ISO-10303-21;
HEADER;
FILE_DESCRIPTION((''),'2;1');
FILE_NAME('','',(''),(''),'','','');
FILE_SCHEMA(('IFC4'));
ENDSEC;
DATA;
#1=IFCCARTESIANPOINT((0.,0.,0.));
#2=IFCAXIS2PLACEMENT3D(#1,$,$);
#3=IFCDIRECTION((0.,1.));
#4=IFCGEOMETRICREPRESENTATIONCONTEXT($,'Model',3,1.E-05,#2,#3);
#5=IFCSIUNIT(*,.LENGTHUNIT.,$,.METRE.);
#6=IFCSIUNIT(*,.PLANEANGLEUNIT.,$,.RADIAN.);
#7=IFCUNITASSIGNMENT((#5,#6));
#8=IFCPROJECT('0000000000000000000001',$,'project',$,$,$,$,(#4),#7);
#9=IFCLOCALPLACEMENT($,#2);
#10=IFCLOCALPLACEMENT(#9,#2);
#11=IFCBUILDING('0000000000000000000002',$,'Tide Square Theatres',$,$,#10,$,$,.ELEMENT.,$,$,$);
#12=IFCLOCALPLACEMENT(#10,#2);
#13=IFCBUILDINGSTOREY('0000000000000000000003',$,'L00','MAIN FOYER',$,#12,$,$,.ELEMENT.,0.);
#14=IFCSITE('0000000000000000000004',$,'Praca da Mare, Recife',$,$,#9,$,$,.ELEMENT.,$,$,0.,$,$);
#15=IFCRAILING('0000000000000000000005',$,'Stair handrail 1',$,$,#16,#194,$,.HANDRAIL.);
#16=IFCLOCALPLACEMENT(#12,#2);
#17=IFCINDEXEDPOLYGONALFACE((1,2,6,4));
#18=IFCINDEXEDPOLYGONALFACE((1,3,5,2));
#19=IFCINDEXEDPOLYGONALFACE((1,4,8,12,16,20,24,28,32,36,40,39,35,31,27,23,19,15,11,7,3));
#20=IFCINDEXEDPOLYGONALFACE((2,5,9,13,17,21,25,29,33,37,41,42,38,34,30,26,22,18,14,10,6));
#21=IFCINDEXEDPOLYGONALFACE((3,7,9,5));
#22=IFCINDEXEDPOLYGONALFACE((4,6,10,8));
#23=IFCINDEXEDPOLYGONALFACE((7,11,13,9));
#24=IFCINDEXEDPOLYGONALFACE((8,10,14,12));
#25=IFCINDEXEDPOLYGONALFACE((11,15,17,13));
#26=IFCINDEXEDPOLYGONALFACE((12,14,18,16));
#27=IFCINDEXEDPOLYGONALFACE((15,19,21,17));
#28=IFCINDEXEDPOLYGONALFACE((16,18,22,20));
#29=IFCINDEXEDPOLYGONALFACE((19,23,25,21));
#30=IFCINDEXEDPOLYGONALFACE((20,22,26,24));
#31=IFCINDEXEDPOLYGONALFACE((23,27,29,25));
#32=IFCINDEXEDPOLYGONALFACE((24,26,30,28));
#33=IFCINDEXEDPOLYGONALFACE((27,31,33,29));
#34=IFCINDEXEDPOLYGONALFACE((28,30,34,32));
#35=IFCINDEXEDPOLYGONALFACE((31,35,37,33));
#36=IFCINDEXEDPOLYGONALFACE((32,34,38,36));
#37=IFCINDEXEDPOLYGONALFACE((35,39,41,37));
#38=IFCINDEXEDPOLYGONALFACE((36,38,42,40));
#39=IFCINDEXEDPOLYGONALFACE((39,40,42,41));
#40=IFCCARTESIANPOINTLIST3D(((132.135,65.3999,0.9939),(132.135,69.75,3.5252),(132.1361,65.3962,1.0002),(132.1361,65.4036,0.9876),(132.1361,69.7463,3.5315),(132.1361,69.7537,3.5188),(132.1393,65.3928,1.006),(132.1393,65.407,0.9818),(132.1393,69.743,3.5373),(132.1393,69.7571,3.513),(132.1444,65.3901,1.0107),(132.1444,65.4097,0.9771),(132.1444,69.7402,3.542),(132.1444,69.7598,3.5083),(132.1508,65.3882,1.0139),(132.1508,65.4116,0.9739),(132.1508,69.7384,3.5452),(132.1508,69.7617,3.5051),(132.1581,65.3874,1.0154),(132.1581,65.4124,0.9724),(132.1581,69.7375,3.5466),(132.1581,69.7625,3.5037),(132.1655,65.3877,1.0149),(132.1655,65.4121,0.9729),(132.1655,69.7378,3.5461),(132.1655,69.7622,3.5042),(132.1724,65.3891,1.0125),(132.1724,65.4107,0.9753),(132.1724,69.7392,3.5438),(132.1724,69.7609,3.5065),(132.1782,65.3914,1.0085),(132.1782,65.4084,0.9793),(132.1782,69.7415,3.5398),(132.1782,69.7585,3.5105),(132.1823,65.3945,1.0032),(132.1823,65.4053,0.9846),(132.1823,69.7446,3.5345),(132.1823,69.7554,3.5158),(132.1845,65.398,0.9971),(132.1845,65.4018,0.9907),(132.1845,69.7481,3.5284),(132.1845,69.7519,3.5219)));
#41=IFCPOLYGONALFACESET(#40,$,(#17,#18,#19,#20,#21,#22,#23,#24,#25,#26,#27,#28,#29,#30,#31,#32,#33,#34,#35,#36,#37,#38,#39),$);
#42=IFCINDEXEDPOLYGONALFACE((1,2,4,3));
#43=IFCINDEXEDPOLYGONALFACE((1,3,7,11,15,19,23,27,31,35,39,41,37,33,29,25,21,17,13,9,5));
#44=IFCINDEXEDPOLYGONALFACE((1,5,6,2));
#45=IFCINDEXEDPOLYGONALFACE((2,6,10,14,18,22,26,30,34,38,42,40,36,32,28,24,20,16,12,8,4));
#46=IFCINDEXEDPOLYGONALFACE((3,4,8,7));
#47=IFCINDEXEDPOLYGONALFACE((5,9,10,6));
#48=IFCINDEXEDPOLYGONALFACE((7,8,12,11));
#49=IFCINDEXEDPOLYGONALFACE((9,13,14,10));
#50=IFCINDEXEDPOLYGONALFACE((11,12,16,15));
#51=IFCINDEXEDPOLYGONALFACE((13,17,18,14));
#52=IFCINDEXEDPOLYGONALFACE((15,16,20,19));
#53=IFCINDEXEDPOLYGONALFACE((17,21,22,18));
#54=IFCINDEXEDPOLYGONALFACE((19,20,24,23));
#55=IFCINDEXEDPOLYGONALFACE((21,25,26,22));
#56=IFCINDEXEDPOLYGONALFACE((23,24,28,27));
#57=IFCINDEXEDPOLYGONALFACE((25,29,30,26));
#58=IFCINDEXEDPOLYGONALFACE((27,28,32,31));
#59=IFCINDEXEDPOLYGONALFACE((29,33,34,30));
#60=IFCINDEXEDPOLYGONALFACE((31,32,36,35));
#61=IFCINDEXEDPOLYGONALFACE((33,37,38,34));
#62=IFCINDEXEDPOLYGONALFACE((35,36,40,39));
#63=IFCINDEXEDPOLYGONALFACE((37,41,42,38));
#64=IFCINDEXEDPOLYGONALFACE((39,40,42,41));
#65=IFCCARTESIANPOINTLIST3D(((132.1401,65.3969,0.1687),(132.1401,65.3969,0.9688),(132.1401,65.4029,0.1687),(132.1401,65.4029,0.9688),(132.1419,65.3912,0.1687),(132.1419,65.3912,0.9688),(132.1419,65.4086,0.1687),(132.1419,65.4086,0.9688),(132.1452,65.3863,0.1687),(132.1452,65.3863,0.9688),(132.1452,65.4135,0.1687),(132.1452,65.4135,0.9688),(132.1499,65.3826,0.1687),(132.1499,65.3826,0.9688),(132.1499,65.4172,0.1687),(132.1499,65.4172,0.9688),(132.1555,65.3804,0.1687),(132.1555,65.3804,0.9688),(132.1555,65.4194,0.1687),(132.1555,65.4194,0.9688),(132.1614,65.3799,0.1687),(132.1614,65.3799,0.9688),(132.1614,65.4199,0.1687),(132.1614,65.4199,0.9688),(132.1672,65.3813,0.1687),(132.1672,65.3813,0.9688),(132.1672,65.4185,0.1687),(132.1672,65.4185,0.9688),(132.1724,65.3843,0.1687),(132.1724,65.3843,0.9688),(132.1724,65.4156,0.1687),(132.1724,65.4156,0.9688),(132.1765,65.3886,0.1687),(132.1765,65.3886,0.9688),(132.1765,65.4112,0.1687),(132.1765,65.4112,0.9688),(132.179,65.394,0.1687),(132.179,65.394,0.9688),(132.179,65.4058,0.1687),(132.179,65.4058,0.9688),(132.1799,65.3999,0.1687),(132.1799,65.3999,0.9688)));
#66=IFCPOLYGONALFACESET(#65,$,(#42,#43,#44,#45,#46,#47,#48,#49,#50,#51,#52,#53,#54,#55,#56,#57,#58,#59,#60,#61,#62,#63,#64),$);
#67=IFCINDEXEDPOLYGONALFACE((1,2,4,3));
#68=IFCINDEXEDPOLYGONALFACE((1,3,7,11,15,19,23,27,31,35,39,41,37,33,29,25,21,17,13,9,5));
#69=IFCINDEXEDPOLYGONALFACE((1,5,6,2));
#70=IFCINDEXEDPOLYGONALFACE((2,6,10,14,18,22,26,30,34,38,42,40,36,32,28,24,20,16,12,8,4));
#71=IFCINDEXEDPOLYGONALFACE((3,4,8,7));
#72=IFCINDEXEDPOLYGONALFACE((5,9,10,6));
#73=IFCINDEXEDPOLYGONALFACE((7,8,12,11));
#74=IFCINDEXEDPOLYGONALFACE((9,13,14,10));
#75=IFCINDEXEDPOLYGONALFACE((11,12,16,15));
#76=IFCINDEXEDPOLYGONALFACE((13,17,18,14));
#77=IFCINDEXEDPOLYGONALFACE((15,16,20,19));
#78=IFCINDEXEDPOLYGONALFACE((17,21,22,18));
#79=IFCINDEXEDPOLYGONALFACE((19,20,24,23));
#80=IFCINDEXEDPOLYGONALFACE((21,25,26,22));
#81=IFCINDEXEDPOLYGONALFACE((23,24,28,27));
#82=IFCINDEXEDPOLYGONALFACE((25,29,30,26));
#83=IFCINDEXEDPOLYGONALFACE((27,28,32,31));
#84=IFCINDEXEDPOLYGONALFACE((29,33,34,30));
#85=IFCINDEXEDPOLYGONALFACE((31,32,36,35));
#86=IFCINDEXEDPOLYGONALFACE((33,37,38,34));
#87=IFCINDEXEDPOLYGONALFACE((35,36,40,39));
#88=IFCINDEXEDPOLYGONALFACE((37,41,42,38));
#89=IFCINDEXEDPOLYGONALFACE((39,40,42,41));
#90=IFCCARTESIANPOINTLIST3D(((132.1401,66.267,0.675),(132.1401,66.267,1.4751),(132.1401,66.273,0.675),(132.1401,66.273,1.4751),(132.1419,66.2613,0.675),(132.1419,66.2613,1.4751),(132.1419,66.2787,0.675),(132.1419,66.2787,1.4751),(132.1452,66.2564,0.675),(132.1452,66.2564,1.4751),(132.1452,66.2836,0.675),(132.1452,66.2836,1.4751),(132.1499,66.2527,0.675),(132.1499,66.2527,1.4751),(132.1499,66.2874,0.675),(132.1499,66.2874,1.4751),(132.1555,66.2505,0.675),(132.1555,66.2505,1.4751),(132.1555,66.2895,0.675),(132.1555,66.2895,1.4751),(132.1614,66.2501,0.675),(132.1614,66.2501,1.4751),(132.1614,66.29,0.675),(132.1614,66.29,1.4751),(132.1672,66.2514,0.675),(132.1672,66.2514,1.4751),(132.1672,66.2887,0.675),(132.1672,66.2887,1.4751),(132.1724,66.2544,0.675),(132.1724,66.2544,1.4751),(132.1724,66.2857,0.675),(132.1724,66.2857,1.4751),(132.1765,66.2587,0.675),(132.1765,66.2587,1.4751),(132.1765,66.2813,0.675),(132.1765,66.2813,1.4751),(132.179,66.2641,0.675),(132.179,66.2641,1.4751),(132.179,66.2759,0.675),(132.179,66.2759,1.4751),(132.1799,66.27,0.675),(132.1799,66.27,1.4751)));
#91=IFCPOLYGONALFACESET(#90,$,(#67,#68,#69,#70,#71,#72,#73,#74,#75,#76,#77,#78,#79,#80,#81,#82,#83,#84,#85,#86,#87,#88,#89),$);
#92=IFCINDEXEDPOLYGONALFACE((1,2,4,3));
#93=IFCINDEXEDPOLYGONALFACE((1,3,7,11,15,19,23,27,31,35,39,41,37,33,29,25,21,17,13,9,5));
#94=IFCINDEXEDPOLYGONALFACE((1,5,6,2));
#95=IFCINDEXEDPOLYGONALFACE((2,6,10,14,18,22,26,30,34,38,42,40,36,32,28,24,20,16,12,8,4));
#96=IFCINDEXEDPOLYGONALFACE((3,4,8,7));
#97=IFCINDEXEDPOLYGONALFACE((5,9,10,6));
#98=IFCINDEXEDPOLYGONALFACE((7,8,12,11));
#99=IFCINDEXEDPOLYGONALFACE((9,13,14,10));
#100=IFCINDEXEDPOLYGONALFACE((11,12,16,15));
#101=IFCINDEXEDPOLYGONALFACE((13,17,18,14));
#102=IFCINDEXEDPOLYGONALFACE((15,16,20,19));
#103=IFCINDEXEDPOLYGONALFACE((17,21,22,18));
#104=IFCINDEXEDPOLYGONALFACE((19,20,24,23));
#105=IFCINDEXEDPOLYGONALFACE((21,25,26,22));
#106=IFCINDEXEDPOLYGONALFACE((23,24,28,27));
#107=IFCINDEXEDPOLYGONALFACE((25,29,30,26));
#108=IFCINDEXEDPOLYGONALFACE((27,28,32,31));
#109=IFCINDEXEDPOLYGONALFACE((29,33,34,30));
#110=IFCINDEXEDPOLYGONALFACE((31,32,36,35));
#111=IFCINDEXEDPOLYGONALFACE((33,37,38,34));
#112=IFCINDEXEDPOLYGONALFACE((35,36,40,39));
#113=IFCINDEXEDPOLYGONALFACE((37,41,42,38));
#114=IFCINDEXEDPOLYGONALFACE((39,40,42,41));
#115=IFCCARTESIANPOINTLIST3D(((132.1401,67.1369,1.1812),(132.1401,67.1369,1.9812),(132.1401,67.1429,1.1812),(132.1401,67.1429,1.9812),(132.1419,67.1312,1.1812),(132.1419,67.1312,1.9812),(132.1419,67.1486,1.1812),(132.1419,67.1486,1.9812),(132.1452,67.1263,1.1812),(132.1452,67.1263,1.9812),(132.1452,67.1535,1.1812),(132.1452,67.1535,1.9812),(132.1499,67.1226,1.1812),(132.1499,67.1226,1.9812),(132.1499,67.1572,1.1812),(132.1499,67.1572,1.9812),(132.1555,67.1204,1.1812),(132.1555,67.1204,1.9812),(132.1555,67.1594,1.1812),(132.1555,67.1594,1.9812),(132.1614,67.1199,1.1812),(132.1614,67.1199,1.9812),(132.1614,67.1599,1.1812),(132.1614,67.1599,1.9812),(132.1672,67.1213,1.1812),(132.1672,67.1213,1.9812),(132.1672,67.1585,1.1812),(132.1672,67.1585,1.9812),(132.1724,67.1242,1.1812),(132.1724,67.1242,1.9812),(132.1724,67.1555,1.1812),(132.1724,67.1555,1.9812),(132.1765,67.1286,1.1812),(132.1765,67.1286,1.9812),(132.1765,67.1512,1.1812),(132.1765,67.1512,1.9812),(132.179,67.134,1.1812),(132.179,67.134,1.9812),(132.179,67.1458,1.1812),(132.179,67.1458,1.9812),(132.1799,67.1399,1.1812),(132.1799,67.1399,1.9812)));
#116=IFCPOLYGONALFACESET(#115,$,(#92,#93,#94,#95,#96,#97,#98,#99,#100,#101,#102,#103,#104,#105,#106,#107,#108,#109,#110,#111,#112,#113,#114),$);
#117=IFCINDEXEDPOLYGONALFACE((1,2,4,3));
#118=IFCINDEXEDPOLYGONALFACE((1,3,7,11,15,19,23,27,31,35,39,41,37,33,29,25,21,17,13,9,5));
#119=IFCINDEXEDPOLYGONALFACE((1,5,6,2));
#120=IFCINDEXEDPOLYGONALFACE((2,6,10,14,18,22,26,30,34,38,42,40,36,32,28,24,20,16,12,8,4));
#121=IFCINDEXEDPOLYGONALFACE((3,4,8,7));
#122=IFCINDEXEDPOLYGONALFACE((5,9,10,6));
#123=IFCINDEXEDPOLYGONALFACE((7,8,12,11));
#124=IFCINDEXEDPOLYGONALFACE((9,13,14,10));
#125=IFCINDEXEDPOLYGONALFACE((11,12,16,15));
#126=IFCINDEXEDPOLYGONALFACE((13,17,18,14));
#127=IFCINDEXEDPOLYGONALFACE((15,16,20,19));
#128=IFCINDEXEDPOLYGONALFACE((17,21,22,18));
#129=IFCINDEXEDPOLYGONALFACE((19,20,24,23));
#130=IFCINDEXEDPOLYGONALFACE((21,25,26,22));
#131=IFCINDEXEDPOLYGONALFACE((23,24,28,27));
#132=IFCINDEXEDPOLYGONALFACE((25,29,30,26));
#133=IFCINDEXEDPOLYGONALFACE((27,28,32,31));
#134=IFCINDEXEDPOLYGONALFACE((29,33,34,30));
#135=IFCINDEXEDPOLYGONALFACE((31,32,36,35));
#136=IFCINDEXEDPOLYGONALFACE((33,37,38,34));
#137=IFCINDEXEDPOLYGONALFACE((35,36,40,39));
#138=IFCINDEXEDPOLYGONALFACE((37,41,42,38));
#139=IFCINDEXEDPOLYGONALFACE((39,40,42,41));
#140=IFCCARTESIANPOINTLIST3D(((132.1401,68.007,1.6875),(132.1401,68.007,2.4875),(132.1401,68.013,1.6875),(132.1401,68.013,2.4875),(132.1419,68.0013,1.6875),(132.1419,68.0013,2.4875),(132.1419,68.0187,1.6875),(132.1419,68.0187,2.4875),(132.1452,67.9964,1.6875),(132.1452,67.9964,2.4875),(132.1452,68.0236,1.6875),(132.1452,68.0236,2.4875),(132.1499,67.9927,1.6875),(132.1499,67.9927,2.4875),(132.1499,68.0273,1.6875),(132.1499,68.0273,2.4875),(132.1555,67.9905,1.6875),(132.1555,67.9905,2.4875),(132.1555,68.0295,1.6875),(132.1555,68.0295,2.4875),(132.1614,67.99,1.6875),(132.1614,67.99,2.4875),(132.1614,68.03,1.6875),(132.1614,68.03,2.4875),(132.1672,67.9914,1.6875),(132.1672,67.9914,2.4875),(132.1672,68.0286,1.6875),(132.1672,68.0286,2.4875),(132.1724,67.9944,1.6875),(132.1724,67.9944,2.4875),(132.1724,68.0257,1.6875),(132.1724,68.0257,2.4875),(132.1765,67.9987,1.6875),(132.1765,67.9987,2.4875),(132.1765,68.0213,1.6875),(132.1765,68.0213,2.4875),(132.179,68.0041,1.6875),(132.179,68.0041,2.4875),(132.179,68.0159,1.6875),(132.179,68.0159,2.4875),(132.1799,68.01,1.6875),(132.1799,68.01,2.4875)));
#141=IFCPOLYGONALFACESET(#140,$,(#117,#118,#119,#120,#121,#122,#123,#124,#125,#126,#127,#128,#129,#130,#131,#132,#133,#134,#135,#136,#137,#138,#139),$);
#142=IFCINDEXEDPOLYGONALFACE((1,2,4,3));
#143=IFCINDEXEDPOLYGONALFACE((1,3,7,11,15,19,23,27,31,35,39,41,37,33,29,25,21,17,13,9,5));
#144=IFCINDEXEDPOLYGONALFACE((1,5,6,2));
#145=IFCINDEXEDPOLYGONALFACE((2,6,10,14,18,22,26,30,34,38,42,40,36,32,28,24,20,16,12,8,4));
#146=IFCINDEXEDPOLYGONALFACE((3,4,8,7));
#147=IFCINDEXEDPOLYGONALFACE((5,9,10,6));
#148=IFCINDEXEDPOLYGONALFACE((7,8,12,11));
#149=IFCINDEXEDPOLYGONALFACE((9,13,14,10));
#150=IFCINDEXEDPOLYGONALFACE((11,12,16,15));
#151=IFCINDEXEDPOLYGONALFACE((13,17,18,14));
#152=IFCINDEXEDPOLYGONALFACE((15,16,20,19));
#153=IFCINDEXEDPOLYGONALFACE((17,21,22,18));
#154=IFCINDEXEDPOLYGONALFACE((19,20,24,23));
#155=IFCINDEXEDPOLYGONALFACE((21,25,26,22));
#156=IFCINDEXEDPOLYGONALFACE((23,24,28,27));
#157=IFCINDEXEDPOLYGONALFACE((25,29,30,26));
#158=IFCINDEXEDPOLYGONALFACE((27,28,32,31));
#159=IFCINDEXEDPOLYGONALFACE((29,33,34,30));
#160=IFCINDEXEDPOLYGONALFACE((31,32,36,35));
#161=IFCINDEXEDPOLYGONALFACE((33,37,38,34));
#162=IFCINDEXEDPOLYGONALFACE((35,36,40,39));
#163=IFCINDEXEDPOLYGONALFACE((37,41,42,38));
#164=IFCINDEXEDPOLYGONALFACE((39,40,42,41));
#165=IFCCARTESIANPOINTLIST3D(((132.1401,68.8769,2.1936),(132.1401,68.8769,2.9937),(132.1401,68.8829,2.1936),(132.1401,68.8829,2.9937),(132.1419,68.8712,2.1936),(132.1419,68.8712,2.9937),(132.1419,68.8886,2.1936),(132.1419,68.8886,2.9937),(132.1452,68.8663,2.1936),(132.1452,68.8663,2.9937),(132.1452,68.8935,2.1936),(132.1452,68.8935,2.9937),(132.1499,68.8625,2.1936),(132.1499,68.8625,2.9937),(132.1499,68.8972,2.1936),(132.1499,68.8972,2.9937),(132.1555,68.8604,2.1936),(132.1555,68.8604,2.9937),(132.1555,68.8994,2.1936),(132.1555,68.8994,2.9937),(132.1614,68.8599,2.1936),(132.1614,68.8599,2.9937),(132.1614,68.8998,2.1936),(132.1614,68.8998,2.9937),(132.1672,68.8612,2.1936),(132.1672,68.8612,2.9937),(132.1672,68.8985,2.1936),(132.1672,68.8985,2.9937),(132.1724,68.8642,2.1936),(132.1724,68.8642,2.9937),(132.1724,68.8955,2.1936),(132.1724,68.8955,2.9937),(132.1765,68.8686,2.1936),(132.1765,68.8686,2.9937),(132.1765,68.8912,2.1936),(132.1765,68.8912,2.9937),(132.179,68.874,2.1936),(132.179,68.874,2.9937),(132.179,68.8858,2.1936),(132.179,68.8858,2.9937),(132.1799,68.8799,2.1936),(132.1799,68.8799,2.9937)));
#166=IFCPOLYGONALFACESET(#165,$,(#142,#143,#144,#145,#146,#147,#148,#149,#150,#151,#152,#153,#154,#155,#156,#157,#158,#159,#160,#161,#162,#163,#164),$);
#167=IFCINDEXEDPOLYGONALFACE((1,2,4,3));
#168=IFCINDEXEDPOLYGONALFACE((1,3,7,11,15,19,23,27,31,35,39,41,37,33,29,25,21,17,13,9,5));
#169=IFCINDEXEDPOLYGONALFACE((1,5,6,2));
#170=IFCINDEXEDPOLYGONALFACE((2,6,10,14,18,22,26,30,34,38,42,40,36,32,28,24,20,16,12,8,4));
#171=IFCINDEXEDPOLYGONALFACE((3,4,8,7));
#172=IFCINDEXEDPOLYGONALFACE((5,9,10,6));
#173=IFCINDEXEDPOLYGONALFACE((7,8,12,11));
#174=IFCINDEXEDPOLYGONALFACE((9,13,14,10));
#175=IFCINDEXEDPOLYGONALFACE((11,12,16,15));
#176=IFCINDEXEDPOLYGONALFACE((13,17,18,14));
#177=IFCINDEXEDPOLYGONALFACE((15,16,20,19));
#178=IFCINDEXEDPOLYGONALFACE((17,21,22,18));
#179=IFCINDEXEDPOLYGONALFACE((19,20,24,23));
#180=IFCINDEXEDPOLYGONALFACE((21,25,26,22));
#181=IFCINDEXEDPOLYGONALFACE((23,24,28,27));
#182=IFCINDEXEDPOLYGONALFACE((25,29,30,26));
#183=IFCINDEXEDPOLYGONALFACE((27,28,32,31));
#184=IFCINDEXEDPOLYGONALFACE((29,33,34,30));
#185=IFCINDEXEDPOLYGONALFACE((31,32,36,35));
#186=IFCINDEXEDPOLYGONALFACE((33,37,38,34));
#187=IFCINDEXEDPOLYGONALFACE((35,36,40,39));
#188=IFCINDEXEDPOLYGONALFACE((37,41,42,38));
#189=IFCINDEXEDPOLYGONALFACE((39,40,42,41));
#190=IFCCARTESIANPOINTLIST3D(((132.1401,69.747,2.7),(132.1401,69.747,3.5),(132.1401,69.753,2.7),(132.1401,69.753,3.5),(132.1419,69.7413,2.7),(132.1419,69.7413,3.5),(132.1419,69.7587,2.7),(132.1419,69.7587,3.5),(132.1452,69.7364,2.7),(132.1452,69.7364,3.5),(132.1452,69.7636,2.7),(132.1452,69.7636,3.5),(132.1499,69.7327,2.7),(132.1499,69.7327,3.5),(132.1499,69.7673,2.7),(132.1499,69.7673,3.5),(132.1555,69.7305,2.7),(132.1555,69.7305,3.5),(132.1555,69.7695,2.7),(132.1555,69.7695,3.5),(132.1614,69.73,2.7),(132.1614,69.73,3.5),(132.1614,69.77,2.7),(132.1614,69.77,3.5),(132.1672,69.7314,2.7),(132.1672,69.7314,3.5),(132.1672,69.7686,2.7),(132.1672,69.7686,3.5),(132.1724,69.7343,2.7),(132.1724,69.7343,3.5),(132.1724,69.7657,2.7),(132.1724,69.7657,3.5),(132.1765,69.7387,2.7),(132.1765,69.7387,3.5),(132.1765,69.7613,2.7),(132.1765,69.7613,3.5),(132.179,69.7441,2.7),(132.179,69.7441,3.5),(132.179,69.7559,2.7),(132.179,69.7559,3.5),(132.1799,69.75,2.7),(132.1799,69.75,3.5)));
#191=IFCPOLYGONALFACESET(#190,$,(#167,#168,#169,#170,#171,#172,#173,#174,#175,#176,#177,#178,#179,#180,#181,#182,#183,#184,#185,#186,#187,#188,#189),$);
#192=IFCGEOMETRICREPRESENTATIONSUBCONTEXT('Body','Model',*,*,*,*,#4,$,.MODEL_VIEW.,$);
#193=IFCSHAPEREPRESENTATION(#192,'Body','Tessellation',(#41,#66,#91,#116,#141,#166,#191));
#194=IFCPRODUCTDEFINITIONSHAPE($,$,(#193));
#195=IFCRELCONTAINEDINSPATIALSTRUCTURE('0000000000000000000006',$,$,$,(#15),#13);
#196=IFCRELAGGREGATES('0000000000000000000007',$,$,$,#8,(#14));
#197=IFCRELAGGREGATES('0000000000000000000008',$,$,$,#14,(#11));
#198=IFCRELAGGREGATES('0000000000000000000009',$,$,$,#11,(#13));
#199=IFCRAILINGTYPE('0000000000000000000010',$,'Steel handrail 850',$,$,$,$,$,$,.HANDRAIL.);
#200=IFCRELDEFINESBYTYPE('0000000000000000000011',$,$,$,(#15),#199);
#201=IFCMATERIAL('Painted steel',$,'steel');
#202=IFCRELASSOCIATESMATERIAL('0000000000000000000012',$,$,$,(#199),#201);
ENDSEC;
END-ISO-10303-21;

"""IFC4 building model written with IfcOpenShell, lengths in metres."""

from ifc_helpers import new_model, si_unit, direction, frame, origin, origin_2d, place, context, subcontext, project, spatial, circle, extrude, material, type_object, element, save


model = new_model("IFC4")

# Units and contexts
model_context = context("Model", 3, precision=1e-05, world=origin(), true_north=direction((0.0, 1.0)))
body_context = subcontext(model_context, "Body", "Model", "MODEL_VIEW")
ifc_project = project(units=[si_unit("LENGTHUNIT", "METRE"), si_unit("PLANEANGLEUNIT", "RADIAN")], contexts=[model_context])

# Site, building, storey
site_placement = place(None, origin())
site = spatial("IfcSite", under=ifc_project, at=site_placement, Name="Praca da Mare, Recife", CompositionType="ELEMENT", RefElevation=0.0)
building_placement = place(site_placement, origin())
building = spatial("IfcBuilding", under=site, at=building_placement, Name="Tide Square Theatres", CompositionType="ELEMENT")
storey_placement = place(building_placement, origin())
storey = spatial("IfcBuildingStorey", under=building, at=storey_placement, Name="L00", Description="MAIN FOYER", CompositionType="ELEMENT", Elevation=0.0)

# Railing
ifc_material_1 = material(Name="Painted steel", Category="steel")
railing_type = type_object("IfcRailingType", Name="Steel handrail 850", PredefinedType="HANDRAIL", material=ifc_material_1)
for number, where, name in (
    (1, (132.1599, 65.3999, 0.1687), "Stair handrail 1"),
):
    element("IfcRailing", number, at=place(storey_placement, frame(where)), inside=storey, type_object=railing_type, Name=name, PredefinedType="HANDRAIL", context=body_context, shape_type="SweptSolid", body=[
        extrude(circle(Radius=0.0249, at=origin_2d()), frame((0.0, 0.0, 0.8252), z_axis=(0.0, 0.864324, 0.502936), x_axis=(-1.0, 0.0, 0.0)), (0.0, 0.0, 1.0), 5.033),
        extrude(circle(Radius=0.02, at=origin_2d()), origin(), (0.0, 0.0, 1.0), 0.8),
        extrude(circle(Radius=0.02, at=origin_2d()), frame((0.0, 0.8701, 0.5063)), (0.0, 0.0, 1.0), 0.8),
        extrude(circle(Radius=0.02, at=origin_2d()), frame((0.0, 1.74, 1.0125)), (0.0, 0.0, 1.0), 0.8),
        extrude(circle(Radius=0.02, at=origin_2d()), frame((0.0, 2.6101, 1.5188)), (0.0, 0.0, 1.0), 0.8),
        extrude(circle(Radius=0.02, at=origin_2d()), frame((0.0, 3.48, 2.0249)), (0.0, 0.0, 1.0), 0.8),
        extrude(circle(Radius=0.02, at=origin_2d()), frame((0.0, 4.3501, 2.5312)), (0.0, 0.0, 1.0), 0.8),
    ])

save(model, "model.ifc")
